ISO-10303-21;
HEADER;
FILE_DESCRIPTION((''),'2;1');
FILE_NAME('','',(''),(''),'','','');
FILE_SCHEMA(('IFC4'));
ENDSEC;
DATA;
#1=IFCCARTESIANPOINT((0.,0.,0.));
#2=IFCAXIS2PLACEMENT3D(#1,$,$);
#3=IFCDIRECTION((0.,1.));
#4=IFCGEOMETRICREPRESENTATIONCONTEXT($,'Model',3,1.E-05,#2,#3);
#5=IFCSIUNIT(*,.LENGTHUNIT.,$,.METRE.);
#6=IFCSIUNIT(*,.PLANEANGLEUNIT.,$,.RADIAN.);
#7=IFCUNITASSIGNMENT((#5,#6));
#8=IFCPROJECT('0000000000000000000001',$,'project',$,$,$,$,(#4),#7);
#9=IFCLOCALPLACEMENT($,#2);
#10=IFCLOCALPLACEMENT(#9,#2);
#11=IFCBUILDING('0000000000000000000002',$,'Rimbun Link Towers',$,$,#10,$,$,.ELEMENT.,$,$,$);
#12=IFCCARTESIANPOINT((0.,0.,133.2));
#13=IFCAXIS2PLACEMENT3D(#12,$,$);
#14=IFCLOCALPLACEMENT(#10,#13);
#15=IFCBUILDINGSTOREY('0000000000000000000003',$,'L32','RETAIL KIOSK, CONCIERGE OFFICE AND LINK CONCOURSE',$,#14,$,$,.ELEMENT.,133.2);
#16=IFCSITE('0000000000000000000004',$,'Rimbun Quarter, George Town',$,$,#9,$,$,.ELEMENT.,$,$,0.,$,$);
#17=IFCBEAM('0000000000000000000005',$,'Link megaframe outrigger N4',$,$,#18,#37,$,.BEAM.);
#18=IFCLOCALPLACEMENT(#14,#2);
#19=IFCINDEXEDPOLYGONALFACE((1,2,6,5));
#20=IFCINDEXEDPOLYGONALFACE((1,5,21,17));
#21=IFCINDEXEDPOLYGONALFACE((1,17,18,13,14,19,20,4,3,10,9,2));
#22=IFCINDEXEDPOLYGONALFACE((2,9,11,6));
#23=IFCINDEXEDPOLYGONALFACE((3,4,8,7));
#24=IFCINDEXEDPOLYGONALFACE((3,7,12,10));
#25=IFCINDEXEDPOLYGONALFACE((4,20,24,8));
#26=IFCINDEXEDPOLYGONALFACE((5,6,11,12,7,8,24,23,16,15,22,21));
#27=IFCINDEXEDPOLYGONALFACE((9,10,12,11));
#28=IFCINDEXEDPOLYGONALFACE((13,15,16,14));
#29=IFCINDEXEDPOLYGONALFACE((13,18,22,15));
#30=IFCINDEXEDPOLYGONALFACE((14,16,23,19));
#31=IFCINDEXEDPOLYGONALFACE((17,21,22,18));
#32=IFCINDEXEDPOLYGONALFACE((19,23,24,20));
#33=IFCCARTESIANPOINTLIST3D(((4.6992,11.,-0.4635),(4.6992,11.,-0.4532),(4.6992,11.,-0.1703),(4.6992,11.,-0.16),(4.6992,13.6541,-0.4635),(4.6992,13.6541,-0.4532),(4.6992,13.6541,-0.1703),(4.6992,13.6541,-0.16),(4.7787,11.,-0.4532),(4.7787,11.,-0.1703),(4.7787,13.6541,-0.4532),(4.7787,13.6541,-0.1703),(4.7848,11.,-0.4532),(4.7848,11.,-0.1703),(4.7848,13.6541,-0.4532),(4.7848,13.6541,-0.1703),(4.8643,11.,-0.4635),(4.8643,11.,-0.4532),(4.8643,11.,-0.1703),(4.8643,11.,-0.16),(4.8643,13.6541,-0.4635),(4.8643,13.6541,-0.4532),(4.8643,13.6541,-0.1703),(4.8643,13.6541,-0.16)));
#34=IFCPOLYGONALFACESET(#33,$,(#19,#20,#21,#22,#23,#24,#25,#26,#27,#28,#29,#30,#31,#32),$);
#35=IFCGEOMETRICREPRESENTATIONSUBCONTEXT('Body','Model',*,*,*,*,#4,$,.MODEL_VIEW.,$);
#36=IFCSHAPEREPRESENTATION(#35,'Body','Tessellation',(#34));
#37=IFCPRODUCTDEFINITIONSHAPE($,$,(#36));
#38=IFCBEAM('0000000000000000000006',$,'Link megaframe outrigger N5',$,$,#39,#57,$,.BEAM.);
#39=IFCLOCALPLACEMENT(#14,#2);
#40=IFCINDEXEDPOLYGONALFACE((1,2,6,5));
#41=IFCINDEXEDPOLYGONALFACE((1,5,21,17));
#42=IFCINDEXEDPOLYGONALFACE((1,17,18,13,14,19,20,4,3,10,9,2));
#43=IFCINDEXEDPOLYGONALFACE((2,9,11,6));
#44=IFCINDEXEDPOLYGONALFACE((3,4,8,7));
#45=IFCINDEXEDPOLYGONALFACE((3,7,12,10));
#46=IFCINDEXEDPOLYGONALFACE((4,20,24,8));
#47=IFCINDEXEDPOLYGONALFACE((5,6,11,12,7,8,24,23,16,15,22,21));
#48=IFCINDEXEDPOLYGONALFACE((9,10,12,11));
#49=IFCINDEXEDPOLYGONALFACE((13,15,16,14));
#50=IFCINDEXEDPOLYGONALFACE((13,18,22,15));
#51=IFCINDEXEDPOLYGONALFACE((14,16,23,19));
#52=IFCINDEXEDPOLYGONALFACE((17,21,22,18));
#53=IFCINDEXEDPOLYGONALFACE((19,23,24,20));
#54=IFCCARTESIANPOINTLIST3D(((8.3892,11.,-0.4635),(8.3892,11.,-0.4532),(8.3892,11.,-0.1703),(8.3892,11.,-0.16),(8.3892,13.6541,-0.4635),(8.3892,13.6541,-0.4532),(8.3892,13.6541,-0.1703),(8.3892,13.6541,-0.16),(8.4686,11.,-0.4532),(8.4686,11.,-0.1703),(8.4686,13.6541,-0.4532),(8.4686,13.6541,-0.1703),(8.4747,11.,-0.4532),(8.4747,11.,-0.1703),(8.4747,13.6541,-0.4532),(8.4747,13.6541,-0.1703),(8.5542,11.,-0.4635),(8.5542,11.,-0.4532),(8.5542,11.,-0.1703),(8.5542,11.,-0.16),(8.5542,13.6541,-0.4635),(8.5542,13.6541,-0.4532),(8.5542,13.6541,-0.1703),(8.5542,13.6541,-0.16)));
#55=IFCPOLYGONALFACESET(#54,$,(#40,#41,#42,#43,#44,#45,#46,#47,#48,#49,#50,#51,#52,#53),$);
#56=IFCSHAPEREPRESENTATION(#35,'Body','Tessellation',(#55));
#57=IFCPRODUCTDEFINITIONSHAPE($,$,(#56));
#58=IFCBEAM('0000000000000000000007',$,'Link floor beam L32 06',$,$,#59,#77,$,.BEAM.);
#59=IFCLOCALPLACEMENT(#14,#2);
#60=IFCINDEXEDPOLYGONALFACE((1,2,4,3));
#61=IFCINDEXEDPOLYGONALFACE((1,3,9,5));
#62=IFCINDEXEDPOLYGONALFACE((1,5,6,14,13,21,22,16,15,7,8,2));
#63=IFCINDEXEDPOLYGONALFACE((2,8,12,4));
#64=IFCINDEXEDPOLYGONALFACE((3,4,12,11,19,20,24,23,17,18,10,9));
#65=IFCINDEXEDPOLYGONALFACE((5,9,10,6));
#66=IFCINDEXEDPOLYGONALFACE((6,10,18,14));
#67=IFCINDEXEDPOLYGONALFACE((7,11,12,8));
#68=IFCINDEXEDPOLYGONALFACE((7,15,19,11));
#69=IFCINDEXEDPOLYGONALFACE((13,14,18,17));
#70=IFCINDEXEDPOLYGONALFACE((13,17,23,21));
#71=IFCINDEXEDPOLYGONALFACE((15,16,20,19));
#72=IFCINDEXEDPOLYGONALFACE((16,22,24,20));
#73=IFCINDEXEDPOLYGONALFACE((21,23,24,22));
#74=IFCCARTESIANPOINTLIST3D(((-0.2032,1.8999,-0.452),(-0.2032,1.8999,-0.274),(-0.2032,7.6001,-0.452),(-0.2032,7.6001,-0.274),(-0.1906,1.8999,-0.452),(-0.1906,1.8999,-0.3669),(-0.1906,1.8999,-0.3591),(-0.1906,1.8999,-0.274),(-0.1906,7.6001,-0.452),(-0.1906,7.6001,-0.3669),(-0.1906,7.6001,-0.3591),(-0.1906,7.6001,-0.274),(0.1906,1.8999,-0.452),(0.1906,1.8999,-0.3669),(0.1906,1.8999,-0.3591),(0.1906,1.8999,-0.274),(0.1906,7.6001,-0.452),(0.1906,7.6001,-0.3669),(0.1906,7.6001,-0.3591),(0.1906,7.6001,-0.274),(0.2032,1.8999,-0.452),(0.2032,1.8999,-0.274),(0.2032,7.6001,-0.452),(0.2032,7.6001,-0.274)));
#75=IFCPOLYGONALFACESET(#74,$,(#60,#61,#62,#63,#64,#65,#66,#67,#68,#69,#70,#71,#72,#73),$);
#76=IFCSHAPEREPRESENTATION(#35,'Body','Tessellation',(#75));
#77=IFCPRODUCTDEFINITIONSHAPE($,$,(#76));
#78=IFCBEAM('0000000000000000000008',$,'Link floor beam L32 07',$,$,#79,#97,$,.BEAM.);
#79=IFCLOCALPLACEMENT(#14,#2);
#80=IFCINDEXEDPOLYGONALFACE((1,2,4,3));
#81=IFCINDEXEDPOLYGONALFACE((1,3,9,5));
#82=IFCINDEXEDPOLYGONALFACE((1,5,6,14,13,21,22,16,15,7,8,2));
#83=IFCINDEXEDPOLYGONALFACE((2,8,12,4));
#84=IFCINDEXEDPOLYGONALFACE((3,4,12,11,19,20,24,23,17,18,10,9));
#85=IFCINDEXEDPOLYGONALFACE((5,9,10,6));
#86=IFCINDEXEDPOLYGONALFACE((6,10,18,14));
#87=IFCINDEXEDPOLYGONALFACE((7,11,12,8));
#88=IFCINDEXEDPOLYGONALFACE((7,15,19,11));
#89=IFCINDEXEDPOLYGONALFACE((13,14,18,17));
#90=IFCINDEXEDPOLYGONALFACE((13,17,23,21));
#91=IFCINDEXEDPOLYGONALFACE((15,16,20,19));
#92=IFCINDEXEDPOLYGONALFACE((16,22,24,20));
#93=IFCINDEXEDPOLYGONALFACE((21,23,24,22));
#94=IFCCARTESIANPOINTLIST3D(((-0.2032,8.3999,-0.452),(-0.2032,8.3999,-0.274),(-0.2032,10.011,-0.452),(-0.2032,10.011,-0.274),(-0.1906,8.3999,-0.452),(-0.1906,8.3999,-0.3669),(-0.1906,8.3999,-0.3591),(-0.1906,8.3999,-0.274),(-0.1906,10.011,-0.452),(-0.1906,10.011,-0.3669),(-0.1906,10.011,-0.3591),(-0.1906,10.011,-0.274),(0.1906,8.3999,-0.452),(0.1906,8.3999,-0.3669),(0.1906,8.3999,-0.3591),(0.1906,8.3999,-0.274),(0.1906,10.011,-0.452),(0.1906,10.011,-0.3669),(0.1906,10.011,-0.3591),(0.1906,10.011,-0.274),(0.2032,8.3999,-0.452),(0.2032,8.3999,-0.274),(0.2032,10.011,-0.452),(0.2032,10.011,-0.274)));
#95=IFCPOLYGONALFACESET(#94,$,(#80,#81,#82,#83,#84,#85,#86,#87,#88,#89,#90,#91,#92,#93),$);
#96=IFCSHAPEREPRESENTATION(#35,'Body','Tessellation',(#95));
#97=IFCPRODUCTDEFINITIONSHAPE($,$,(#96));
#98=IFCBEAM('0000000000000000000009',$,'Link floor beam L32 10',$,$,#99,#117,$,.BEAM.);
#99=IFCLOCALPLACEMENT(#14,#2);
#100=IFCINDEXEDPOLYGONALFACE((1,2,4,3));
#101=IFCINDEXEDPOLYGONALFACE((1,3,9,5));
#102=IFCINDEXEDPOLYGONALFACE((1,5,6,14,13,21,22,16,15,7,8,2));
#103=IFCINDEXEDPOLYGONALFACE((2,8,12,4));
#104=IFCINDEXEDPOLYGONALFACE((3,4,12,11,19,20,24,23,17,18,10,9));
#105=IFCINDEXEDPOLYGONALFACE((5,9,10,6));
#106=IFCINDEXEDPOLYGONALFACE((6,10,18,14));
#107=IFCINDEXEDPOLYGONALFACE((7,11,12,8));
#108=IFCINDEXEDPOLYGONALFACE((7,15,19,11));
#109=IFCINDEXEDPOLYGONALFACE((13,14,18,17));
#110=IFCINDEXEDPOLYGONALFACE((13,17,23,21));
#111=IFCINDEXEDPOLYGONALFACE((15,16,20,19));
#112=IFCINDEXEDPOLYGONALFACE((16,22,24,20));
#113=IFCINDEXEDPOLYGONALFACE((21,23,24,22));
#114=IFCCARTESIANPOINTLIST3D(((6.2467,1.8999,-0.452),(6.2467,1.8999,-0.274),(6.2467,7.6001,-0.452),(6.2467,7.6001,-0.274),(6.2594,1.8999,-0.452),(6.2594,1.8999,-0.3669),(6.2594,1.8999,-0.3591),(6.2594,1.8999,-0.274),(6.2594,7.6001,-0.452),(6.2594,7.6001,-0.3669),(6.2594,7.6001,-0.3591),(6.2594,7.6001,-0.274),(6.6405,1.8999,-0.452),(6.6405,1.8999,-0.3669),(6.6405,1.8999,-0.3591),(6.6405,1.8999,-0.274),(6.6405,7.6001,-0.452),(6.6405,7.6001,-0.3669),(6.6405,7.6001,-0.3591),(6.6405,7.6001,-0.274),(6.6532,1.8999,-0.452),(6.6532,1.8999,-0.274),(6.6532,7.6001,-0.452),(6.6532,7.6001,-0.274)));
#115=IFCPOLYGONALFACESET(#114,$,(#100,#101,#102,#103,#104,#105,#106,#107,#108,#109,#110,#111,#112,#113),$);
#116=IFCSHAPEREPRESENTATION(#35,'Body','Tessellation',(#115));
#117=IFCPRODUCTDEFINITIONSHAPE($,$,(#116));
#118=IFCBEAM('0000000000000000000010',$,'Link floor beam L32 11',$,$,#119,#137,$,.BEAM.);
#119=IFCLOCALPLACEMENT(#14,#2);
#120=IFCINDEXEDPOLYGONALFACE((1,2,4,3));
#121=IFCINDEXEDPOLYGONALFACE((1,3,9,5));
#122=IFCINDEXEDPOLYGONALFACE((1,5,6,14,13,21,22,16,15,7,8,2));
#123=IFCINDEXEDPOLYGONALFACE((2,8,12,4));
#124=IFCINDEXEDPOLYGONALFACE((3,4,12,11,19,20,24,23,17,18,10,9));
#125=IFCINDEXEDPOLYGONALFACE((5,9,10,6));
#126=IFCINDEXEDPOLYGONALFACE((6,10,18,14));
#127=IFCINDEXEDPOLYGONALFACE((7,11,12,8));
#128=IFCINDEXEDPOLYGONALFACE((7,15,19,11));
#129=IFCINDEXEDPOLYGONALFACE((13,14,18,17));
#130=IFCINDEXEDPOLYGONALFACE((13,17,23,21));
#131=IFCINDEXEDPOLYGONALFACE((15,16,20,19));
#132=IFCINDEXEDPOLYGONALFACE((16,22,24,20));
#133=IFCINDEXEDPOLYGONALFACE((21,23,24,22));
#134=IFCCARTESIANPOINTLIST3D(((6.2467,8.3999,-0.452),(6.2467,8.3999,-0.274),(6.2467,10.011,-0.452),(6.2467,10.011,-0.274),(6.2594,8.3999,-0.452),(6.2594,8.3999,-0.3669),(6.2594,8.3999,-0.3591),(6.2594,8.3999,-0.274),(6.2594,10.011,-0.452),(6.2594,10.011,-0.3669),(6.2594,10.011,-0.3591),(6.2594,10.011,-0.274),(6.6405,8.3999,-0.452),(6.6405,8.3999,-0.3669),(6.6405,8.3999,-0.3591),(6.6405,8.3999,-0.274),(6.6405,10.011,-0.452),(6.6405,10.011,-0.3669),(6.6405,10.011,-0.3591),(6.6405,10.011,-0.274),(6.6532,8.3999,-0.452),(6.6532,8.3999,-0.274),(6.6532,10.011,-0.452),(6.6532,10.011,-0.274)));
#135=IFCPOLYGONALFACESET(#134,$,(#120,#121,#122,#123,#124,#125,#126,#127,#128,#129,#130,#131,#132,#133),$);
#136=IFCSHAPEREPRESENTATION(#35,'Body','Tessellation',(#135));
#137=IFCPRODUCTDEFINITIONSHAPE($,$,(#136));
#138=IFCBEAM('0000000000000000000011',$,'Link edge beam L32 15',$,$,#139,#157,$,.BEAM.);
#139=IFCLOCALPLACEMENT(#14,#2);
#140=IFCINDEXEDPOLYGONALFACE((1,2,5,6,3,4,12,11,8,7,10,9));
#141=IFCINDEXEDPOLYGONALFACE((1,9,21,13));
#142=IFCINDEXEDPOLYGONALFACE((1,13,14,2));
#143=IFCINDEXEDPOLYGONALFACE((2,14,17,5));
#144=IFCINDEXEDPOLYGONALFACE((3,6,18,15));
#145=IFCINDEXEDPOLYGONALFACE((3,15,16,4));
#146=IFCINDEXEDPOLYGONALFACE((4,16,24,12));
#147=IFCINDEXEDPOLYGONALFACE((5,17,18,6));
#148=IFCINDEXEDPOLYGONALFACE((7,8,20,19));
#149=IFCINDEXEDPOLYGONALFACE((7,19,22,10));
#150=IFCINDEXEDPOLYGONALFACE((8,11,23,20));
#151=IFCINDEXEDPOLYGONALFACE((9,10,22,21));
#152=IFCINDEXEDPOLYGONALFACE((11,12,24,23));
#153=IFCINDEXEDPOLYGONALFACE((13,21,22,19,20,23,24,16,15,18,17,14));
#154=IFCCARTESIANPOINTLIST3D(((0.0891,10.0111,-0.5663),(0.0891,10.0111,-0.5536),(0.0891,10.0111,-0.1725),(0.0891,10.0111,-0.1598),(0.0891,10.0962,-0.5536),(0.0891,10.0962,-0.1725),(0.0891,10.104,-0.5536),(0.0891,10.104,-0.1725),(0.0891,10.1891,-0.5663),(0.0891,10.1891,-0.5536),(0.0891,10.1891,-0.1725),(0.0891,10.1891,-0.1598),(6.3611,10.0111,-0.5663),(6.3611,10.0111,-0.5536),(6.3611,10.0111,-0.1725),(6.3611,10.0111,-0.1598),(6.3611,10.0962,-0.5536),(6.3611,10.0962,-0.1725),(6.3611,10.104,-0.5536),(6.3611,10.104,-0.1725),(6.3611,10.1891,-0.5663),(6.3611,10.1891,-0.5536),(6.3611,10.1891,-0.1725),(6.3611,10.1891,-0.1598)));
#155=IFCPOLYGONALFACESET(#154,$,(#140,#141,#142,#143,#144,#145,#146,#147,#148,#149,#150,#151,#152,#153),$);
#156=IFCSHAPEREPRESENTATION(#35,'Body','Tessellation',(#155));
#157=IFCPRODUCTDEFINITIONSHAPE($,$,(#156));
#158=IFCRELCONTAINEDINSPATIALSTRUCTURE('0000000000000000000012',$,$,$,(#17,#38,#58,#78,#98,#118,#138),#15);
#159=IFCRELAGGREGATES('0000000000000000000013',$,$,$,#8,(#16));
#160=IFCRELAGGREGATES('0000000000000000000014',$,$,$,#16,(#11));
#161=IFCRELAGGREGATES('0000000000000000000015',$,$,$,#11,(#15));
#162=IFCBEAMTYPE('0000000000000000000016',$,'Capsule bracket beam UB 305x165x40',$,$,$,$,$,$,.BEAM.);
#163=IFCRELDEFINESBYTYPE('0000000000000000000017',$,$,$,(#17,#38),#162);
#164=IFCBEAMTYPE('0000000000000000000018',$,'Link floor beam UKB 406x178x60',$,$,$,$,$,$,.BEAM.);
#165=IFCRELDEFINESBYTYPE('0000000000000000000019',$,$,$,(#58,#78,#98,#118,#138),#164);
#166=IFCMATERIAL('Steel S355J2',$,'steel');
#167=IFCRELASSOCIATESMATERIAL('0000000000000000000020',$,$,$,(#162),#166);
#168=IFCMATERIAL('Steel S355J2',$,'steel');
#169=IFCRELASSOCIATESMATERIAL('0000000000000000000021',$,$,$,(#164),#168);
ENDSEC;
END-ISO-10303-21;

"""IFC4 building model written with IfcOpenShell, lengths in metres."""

from ifc_helpers import new_model, si_unit, direction, frame, origin, origin_2d, place, context, subcontext, project, spatial, i_section, extrude, material, material_profile, profile_set, type_object, element, save


model = new_model("IFC4")

# Units and contexts
model_context = context("Model", 3, precision=1e-05, world=origin(), true_north=direction((0.0, 1.0)))
body_context = subcontext(model_context, "Body", "Model", "MODEL_VIEW")
ifc_project = project(units=[si_unit("LENGTHUNIT", "METRE"), si_unit("PLANEANGLEUNIT", "RADIAN")], contexts=[model_context])

# Site, building, storey
site_placement = place(None, origin())
site = spatial("IfcSite", under=ifc_project, at=site_placement, Name="Rimbun Quarter, George Town", CompositionType="ELEMENT", RefElevation=0.0)
building_placement = place(site_placement, origin())
building = spatial("IfcBuilding", under=site, at=building_placement, Name="Rimbun Link Towers", CompositionType="ELEMENT")
storey_placement = place(building_placement, frame((0.0, 0.0, 133.2)))
storey = spatial("IfcBuildingStorey", under=building, at=storey_placement, Name="L32", Description="RETAIL KIOSK, CONCIERGE OFFICE AND LINK CONCOURSE", CompositionType="ELEMENT", Elevation=133.2)

# Beams
ifc_material_1 = material(Name="Steel S355J2", Category="steel")
ifc_material_profile_1 = material_profile(ifc_material_1, i_section(OverallWidth=0.165, OverallDepth=0.3035, WebThickness=0.0061, FlangeThickness=0.0103, at=origin_2d()), Name="UB 305x165x40")
ifc_profile_set_1 = profile_set([ifc_material_profile_1], Name="Steel S355J2")
beam_type_1 = type_object("IfcBeamType", Name="Capsule bracket beam UB 305x165x40", PredefinedType="BEAM", material=ifc_profile_set_1)
for number, where, z_axis, x_axis, name in (
    (1, (4.7817, 11.0, -0.3118), (0.0, 1.0, 0.0), (-1.0, 0.0, 0.0), "Link megaframe outrigger N4"),
    (2, (8.4717, 11.0, -0.3118), (0.0, 1.0, 0.0), (-1.0, 0.0, 0.0), "Link megaframe outrigger N5"),
):
    element("IfcBeam", number, at=place(storey_placement, frame(where, z_axis=z_axis, x_axis=x_axis)), inside=storey, type_object=beam_type_1, Name=name, PredefinedType="BEAM", context=body_context, shape_type="SweptSolid", body=[
        extrude(i_section(OverallWidth=0.165, OverallDepth=0.3035, WebThickness=0.0061, FlangeThickness=0.0103, at=origin_2d()), origin(), (0.0, 0.0, 1.0), 2.6541),
    ])
ifc_material_2 = material(Name="Steel S355J2", Category="steel")
ifc_material_profile_2 = material_profile(ifc_material_2, i_section(OverallWidth=0.178, OverallDepth=0.4065, WebThickness=0.0078, FlangeThickness=0.0127, at=origin_2d()), Name="UKB 406x178x60")
ifc_profile_set_2 = profile_set([ifc_material_profile_2], Name="Steel S355J2")
beam_type_2 = type_object("IfcBeamType", Name="Link floor beam UKB 406x178x60", PredefinedType="BEAM", material=ifc_profile_set_2)
beam_1_placement = place(storey_placement, frame((0.0, 1.8999, -0.363), z_axis=(0.0, 1.0, 0.0), x_axis=(0.0, 0.0, 1.0)))
element("IfcBeam", 3, at=beam_1_placement, inside=storey, type_object=beam_type_2, Name="Link floor beam L32 06", PredefinedType="BEAM", context=body_context, shape_type="SweptSolid", body=[
    extrude(i_section(OverallWidth=0.178, OverallDepth=0.4065, WebThickness=0.0078, FlangeThickness=0.0127, at=origin_2d()), origin(), (0.0, 0.0, 1.0), 5.7002),
])
beam_2_placement = place(storey_placement, frame((0.0, 8.3999, -0.363), z_axis=(0.0, 1.0, 0.0), x_axis=(0.0, 0.0, 1.0)))
element("IfcBeam", 4, at=beam_2_placement, inside=storey, type_object=beam_type_2, Name="Link floor beam L32 07", PredefinedType="BEAM", context=body_context, shape_type="SweptSolid", body=[
    extrude(i_section(OverallWidth=0.178, OverallDepth=0.4065, WebThickness=0.0078, FlangeThickness=0.0127, at=origin_2d()), origin(), (0.0, 0.0, 1.0), 1.6111),
])
beam_3_placement = place(storey_placement, frame((6.45, 1.8999, -0.363), z_axis=(0.0, 1.0, 0.0), x_axis=(0.0, 0.0, 1.0)))
element("IfcBeam", 5, at=beam_3_placement, inside=storey, type_object=beam_type_2, Name="Link floor beam L32 10", PredefinedType="BEAM", context=body_context, shape_type="SweptSolid", body=[
    extrude(i_section(OverallWidth=0.178, OverallDepth=0.4065, WebThickness=0.0078, FlangeThickness=0.0127, at=origin_2d()), origin(), (0.0, 0.0, 1.0), 5.7002),
])
beam_4_placement = place(storey_placement, frame((6.45, 8.3999, -0.363), z_axis=(0.0, 1.0, 0.0), x_axis=(0.0, 0.0, 1.0)))
element("IfcBeam", 6, at=beam_4_placement, inside=storey, type_object=beam_type_2, Name="Link floor beam L32 11", PredefinedType="BEAM", context=body_context, shape_type="SweptSolid", body=[
    extrude(i_section(OverallWidth=0.178, OverallDepth=0.4065, WebThickness=0.0078, FlangeThickness=0.0127, at=origin_2d()), origin(), (0.0, 0.0, 1.0), 1.6111),
])
beam_5_placement = place(storey_placement, frame((0.0891, 10.1001, -0.363), z_axis=(1.0, 0.0, 0.0), x_axis=(0.0, 1.0, 0.0)))
element("IfcBeam", 7, at=beam_5_placement, inside=storey, type_object=beam_type_2, Name="Link edge beam L32 15", PredefinedType="BEAM", context=body_context, shape_type="SweptSolid", body=[
    extrude(i_section(OverallWidth=0.178, OverallDepth=0.4065, WebThickness=0.0078, FlangeThickness=0.0127, at=origin_2d()), origin(), (0.0, 0.0, 1.0), 6.272),
])

save(model, "model.ifc")
